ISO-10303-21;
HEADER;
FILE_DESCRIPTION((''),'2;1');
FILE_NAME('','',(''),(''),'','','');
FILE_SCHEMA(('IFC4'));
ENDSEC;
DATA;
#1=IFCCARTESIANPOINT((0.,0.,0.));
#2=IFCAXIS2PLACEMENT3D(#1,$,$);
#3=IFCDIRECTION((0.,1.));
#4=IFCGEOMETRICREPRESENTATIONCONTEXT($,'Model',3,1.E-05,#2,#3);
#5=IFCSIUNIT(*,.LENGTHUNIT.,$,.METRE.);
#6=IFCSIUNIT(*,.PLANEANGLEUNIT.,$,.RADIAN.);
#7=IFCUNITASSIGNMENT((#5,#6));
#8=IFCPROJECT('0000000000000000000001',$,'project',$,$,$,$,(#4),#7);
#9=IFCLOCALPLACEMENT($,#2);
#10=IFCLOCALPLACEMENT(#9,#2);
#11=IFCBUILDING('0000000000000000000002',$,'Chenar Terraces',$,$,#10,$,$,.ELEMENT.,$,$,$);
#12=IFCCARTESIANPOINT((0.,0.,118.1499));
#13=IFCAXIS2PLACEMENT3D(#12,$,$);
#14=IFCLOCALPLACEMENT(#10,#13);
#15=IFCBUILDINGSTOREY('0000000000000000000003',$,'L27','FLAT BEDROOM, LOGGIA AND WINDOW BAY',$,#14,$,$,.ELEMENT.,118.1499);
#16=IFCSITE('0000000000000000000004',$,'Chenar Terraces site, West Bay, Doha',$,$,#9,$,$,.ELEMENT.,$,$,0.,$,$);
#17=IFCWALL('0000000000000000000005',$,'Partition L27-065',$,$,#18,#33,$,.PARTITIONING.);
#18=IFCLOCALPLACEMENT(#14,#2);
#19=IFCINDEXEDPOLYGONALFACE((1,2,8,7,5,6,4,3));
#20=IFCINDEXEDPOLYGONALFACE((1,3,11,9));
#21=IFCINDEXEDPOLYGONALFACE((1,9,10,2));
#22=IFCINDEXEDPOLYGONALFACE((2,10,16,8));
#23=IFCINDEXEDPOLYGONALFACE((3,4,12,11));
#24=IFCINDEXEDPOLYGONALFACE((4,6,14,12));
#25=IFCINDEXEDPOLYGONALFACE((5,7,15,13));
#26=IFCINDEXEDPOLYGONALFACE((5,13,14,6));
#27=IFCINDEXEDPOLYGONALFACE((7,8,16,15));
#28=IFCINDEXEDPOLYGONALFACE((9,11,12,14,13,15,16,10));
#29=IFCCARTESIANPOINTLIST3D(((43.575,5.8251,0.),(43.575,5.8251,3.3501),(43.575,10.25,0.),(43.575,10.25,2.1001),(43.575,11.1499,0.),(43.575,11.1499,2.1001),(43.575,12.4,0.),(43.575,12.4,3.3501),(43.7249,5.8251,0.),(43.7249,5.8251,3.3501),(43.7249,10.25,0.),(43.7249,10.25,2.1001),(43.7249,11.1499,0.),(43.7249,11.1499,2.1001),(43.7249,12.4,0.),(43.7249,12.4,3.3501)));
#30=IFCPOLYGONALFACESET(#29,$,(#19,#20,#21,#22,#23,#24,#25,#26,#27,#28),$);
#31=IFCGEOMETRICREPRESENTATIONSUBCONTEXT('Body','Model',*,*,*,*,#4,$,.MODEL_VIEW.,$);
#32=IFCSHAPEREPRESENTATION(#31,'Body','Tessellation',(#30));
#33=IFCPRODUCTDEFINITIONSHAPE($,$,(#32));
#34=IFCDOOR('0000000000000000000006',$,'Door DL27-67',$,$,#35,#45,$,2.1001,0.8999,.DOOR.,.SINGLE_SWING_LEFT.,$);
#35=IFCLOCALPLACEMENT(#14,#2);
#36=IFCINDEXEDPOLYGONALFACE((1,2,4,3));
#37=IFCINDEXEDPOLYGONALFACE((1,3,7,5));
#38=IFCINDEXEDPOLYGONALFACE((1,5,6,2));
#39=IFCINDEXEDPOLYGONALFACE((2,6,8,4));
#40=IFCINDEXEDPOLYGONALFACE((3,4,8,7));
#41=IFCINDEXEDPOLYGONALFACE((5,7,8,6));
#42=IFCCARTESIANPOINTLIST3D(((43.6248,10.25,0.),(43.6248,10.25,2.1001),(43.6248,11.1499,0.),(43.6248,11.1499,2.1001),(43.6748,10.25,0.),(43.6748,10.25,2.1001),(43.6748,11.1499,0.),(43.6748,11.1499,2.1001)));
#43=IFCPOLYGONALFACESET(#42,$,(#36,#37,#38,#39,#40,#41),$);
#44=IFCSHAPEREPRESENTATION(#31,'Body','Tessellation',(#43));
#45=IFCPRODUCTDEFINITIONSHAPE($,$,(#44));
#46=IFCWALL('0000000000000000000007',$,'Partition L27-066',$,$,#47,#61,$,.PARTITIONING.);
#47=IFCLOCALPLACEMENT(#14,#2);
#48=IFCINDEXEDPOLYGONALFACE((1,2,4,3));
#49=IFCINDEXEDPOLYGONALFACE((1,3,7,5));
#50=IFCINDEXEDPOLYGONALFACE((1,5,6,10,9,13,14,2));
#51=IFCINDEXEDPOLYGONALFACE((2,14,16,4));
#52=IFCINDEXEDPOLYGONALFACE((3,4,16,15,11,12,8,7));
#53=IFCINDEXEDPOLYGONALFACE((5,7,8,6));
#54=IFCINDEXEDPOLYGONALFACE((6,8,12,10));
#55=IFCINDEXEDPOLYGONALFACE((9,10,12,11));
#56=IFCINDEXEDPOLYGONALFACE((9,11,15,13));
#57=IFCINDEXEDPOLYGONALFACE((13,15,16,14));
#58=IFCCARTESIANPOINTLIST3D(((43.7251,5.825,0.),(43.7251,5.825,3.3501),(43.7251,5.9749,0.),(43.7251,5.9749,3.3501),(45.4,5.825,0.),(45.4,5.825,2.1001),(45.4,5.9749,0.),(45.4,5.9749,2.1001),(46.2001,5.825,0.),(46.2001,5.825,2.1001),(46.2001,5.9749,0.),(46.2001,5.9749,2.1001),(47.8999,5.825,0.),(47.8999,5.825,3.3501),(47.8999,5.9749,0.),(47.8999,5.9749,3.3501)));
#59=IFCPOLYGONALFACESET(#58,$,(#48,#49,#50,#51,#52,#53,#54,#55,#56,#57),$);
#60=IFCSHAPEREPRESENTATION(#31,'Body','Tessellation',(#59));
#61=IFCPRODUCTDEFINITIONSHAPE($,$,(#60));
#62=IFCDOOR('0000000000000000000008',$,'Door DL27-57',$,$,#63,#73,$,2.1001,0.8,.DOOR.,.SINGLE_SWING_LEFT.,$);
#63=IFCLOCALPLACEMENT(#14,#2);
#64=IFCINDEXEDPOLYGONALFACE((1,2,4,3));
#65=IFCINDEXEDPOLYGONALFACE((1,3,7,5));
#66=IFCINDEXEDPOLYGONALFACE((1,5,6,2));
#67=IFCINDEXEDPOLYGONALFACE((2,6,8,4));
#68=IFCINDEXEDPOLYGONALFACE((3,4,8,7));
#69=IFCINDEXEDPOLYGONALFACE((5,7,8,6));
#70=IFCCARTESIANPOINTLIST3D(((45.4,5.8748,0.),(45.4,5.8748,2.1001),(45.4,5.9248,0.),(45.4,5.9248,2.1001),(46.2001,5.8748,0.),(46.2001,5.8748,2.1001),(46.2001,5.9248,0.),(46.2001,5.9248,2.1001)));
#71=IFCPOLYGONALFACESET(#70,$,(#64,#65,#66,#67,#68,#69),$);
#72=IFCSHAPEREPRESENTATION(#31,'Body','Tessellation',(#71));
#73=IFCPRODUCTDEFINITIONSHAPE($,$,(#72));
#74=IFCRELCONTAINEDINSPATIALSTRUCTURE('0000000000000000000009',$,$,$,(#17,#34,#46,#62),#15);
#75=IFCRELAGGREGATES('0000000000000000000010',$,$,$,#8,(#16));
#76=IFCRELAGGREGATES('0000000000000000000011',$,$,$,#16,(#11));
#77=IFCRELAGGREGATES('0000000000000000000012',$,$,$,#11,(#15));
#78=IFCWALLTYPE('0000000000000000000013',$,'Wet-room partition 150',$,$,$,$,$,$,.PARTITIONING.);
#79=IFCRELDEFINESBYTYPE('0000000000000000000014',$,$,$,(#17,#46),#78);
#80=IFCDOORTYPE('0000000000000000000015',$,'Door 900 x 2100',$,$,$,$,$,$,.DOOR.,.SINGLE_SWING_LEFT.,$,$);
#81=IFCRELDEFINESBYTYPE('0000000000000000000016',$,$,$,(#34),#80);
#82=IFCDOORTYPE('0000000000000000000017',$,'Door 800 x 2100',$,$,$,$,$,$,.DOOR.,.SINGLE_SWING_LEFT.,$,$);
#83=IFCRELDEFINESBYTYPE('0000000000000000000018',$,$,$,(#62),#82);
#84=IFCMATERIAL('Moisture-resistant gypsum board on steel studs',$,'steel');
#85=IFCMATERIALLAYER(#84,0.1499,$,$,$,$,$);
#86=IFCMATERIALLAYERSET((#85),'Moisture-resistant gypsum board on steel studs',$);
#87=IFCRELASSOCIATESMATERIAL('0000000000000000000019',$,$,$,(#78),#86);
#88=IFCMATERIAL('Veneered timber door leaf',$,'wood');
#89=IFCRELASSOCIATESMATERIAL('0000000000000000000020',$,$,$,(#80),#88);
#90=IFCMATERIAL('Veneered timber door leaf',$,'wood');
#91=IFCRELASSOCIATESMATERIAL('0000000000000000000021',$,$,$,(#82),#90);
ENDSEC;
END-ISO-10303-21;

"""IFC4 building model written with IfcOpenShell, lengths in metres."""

from ifc_helpers import new_model, si_unit, direction, frame, frame_2d, origin, place, context, subcontext, project, spatial, rectangle, extrude, material, layer, layer_set, type_object, element, fill, save


model = new_model("IFC4")

# Units and contexts
model_context = context("Model", 3, precision=1e-05, world=origin(), true_north=direction((0.0, 1.0)))
body_context = subcontext(model_context, "Body", "Model", "MODEL_VIEW")
ifc_project = project(units=[si_unit("LENGTHUNIT", "METRE"), si_unit("PLANEANGLEUNIT", "RADIAN")], contexts=[model_context])

# Site, building, storey
site_placement = place(None, origin())
site = spatial("IfcSite", under=ifc_project, at=site_placement, Name="Chenar Terraces site, West Bay, Doha", CompositionType="ELEMENT", RefElevation=0.0)
building_placement = place(site_placement, origin())
building = spatial("IfcBuilding", under=site, at=building_placement, Name="Chenar Terraces", CompositionType="ELEMENT")
storey_placement = place(building_placement, frame((0.0, 0.0, 118.1499)))
storey = spatial("IfcBuildingStorey", under=building, at=storey_placement, Name="L27", Description="FLAT BEDROOM, LOGGIA AND WINDOW BAY", CompositionType="ELEMENT", Elevation=118.1499)

# Walls, openings, doors
ifc_material_1 = material(Name="Moisture-resistant gypsum board on steel studs", Category="steel")
ifc_layer_1 = layer(ifc_material_1, 0.1499)
ifc_layer_set_1 = layer_set([ifc_layer_1], Name="Moisture-resistant gypsum board on steel studs")
wall_type_1 = type_object("IfcWallType", Name="Wet-room partition 150", PredefinedType="PARTITIONING", material=ifc_layer_set_1)
wall_1_placement = place(storey_placement, frame((43.6499, 5.825, 0.0), z_axis=(0.0, 0.0, 1.0), x_axis=(0.0, 1.0, 0.0)))
wall_1 = element("IfcWall", 1, at=wall_1_placement, inside=storey, type_object=wall_type_1, Name="Partition L27-065", PredefinedType="PARTITIONING", context=body_context, shape_type="SweptSolid", body=[
    extrude(rectangle(XDim=6.575, YDim=0.1499, at=frame_2d((3.2876, 0.0))), origin(), (0.0, 0.0, 1.0), 3.3501),
])
opening_1_placement = place(wall_1_placement, frame((4.425, 0.0, 0.0)))
opening_1 = element("IfcOpeningElement", 2, at=opening_1_placement, cuts=wall_1, PredefinedType="OPENING", context=body_context, shape_type="SweptSolid", body=[
    extrude(rectangle(XDim=0.8999, YDim=2.1001, at=frame_2d((0.45, 1.05))), frame((0.0, 0.085, 0.0), z_axis=(0.0, -1.0, 0.0), x_axis=(1.0, 0.0, 0.0)), (0.0, 0.0, 1.0), 0.1699),
])
ifc_material_2 = material(Name="Veneered timber door leaf", Category="wood")
door_type_1 = type_object("IfcDoorType", Name="Door 900 x 2100", OperationType="SINGLE_SWING_LEFT", PredefinedType="DOOR", material=ifc_material_2)
door_1_placement = place(opening_1_placement, frame((0.8999, 0.0, 0.0), z_axis=(0.0, 0.0, 1.0), x_axis=(-1.0, 0.0, 0.0)))
door_1 = element("IfcDoor", 3, at=door_1_placement, inside=storey, type_object=door_type_1, Name="Door DL27-67", OperationType="SINGLE_SWING_LEFT", OverallHeight=2.1001, OverallWidth=0.8999, PredefinedType="DOOR", context=body_context, shape_type="SweptSolid", body=[
    extrude(rectangle(XDim=0.8999, YDim=2.1001, at=frame_2d((0.45, 1.05))), frame((0.0, 0.0249, 0.0), z_axis=(0.0, -1.0, 0.0), x_axis=(1.0, 0.0, 0.0)), (0.0, 0.0, 1.0), 0.05),
])
fill(opening_1, door_1)
wall_2_placement = place(storey_placement, frame((43.7251, 5.8999, 0.0), z_axis=(0.0, 0.0, 1.0), x_axis=(1.0, 0.0, 0.0)))
wall_2 = element("IfcWall", 4, at=wall_2_placement, inside=storey, type_object=wall_type_1, Name="Partition L27-066", PredefinedType="PARTITIONING", context=body_context, shape_type="SweptSolid", body=[
    extrude(rectangle(XDim=4.1748, YDim=0.1499, at=frame_2d((2.0874, 0.0))), origin(), (0.0, 0.0, 1.0), 3.3501),
])
opening_2_placement = place(wall_2_placement, frame((1.675, 0.0, 0.0)))
opening_2 = element("IfcOpeningElement", 5, at=opening_2_placement, cuts=wall_2, PredefinedType="OPENING", context=body_context, shape_type="SweptSolid", body=[
    extrude(rectangle(XDim=0.8, YDim=2.1001, at=frame_2d((0.3999, 1.05))), frame((0.0, 0.085, 0.0), z_axis=(0.0, -1.0, 0.0), x_axis=(1.0, 0.0, 0.0)), (0.0, 0.0, 1.0), 0.1699),
])
ifc_material_3 = material(Name="Veneered timber door leaf", Category="wood")
door_type_2 = type_object("IfcDoorType", Name="Door 800 x 2100", OperationType="SINGLE_SWING_LEFT", PredefinedType="DOOR", material=ifc_material_3)
door_2_placement = place(opening_2_placement, origin())
door_2 = element("IfcDoor", 6, at=door_2_placement, inside=storey, type_object=door_type_2, Name="Door DL27-57", OperationType="SINGLE_SWING_LEFT", OverallHeight=2.1001, OverallWidth=0.8, PredefinedType="DOOR", context=body_context, shape_type="SweptSolid", body=[
    extrude(rectangle(XDim=0.8, YDim=2.1001, at=frame_2d((0.3999, 1.05))), frame((0.0, 0.0249, 0.0), z_axis=(0.0, -1.0, 0.0), x_axis=(1.0, 0.0, 0.0)), (0.0, 0.0, 1.0), 0.05),
])
fill(opening_2, door_2)

save(model, "model.ifc")
